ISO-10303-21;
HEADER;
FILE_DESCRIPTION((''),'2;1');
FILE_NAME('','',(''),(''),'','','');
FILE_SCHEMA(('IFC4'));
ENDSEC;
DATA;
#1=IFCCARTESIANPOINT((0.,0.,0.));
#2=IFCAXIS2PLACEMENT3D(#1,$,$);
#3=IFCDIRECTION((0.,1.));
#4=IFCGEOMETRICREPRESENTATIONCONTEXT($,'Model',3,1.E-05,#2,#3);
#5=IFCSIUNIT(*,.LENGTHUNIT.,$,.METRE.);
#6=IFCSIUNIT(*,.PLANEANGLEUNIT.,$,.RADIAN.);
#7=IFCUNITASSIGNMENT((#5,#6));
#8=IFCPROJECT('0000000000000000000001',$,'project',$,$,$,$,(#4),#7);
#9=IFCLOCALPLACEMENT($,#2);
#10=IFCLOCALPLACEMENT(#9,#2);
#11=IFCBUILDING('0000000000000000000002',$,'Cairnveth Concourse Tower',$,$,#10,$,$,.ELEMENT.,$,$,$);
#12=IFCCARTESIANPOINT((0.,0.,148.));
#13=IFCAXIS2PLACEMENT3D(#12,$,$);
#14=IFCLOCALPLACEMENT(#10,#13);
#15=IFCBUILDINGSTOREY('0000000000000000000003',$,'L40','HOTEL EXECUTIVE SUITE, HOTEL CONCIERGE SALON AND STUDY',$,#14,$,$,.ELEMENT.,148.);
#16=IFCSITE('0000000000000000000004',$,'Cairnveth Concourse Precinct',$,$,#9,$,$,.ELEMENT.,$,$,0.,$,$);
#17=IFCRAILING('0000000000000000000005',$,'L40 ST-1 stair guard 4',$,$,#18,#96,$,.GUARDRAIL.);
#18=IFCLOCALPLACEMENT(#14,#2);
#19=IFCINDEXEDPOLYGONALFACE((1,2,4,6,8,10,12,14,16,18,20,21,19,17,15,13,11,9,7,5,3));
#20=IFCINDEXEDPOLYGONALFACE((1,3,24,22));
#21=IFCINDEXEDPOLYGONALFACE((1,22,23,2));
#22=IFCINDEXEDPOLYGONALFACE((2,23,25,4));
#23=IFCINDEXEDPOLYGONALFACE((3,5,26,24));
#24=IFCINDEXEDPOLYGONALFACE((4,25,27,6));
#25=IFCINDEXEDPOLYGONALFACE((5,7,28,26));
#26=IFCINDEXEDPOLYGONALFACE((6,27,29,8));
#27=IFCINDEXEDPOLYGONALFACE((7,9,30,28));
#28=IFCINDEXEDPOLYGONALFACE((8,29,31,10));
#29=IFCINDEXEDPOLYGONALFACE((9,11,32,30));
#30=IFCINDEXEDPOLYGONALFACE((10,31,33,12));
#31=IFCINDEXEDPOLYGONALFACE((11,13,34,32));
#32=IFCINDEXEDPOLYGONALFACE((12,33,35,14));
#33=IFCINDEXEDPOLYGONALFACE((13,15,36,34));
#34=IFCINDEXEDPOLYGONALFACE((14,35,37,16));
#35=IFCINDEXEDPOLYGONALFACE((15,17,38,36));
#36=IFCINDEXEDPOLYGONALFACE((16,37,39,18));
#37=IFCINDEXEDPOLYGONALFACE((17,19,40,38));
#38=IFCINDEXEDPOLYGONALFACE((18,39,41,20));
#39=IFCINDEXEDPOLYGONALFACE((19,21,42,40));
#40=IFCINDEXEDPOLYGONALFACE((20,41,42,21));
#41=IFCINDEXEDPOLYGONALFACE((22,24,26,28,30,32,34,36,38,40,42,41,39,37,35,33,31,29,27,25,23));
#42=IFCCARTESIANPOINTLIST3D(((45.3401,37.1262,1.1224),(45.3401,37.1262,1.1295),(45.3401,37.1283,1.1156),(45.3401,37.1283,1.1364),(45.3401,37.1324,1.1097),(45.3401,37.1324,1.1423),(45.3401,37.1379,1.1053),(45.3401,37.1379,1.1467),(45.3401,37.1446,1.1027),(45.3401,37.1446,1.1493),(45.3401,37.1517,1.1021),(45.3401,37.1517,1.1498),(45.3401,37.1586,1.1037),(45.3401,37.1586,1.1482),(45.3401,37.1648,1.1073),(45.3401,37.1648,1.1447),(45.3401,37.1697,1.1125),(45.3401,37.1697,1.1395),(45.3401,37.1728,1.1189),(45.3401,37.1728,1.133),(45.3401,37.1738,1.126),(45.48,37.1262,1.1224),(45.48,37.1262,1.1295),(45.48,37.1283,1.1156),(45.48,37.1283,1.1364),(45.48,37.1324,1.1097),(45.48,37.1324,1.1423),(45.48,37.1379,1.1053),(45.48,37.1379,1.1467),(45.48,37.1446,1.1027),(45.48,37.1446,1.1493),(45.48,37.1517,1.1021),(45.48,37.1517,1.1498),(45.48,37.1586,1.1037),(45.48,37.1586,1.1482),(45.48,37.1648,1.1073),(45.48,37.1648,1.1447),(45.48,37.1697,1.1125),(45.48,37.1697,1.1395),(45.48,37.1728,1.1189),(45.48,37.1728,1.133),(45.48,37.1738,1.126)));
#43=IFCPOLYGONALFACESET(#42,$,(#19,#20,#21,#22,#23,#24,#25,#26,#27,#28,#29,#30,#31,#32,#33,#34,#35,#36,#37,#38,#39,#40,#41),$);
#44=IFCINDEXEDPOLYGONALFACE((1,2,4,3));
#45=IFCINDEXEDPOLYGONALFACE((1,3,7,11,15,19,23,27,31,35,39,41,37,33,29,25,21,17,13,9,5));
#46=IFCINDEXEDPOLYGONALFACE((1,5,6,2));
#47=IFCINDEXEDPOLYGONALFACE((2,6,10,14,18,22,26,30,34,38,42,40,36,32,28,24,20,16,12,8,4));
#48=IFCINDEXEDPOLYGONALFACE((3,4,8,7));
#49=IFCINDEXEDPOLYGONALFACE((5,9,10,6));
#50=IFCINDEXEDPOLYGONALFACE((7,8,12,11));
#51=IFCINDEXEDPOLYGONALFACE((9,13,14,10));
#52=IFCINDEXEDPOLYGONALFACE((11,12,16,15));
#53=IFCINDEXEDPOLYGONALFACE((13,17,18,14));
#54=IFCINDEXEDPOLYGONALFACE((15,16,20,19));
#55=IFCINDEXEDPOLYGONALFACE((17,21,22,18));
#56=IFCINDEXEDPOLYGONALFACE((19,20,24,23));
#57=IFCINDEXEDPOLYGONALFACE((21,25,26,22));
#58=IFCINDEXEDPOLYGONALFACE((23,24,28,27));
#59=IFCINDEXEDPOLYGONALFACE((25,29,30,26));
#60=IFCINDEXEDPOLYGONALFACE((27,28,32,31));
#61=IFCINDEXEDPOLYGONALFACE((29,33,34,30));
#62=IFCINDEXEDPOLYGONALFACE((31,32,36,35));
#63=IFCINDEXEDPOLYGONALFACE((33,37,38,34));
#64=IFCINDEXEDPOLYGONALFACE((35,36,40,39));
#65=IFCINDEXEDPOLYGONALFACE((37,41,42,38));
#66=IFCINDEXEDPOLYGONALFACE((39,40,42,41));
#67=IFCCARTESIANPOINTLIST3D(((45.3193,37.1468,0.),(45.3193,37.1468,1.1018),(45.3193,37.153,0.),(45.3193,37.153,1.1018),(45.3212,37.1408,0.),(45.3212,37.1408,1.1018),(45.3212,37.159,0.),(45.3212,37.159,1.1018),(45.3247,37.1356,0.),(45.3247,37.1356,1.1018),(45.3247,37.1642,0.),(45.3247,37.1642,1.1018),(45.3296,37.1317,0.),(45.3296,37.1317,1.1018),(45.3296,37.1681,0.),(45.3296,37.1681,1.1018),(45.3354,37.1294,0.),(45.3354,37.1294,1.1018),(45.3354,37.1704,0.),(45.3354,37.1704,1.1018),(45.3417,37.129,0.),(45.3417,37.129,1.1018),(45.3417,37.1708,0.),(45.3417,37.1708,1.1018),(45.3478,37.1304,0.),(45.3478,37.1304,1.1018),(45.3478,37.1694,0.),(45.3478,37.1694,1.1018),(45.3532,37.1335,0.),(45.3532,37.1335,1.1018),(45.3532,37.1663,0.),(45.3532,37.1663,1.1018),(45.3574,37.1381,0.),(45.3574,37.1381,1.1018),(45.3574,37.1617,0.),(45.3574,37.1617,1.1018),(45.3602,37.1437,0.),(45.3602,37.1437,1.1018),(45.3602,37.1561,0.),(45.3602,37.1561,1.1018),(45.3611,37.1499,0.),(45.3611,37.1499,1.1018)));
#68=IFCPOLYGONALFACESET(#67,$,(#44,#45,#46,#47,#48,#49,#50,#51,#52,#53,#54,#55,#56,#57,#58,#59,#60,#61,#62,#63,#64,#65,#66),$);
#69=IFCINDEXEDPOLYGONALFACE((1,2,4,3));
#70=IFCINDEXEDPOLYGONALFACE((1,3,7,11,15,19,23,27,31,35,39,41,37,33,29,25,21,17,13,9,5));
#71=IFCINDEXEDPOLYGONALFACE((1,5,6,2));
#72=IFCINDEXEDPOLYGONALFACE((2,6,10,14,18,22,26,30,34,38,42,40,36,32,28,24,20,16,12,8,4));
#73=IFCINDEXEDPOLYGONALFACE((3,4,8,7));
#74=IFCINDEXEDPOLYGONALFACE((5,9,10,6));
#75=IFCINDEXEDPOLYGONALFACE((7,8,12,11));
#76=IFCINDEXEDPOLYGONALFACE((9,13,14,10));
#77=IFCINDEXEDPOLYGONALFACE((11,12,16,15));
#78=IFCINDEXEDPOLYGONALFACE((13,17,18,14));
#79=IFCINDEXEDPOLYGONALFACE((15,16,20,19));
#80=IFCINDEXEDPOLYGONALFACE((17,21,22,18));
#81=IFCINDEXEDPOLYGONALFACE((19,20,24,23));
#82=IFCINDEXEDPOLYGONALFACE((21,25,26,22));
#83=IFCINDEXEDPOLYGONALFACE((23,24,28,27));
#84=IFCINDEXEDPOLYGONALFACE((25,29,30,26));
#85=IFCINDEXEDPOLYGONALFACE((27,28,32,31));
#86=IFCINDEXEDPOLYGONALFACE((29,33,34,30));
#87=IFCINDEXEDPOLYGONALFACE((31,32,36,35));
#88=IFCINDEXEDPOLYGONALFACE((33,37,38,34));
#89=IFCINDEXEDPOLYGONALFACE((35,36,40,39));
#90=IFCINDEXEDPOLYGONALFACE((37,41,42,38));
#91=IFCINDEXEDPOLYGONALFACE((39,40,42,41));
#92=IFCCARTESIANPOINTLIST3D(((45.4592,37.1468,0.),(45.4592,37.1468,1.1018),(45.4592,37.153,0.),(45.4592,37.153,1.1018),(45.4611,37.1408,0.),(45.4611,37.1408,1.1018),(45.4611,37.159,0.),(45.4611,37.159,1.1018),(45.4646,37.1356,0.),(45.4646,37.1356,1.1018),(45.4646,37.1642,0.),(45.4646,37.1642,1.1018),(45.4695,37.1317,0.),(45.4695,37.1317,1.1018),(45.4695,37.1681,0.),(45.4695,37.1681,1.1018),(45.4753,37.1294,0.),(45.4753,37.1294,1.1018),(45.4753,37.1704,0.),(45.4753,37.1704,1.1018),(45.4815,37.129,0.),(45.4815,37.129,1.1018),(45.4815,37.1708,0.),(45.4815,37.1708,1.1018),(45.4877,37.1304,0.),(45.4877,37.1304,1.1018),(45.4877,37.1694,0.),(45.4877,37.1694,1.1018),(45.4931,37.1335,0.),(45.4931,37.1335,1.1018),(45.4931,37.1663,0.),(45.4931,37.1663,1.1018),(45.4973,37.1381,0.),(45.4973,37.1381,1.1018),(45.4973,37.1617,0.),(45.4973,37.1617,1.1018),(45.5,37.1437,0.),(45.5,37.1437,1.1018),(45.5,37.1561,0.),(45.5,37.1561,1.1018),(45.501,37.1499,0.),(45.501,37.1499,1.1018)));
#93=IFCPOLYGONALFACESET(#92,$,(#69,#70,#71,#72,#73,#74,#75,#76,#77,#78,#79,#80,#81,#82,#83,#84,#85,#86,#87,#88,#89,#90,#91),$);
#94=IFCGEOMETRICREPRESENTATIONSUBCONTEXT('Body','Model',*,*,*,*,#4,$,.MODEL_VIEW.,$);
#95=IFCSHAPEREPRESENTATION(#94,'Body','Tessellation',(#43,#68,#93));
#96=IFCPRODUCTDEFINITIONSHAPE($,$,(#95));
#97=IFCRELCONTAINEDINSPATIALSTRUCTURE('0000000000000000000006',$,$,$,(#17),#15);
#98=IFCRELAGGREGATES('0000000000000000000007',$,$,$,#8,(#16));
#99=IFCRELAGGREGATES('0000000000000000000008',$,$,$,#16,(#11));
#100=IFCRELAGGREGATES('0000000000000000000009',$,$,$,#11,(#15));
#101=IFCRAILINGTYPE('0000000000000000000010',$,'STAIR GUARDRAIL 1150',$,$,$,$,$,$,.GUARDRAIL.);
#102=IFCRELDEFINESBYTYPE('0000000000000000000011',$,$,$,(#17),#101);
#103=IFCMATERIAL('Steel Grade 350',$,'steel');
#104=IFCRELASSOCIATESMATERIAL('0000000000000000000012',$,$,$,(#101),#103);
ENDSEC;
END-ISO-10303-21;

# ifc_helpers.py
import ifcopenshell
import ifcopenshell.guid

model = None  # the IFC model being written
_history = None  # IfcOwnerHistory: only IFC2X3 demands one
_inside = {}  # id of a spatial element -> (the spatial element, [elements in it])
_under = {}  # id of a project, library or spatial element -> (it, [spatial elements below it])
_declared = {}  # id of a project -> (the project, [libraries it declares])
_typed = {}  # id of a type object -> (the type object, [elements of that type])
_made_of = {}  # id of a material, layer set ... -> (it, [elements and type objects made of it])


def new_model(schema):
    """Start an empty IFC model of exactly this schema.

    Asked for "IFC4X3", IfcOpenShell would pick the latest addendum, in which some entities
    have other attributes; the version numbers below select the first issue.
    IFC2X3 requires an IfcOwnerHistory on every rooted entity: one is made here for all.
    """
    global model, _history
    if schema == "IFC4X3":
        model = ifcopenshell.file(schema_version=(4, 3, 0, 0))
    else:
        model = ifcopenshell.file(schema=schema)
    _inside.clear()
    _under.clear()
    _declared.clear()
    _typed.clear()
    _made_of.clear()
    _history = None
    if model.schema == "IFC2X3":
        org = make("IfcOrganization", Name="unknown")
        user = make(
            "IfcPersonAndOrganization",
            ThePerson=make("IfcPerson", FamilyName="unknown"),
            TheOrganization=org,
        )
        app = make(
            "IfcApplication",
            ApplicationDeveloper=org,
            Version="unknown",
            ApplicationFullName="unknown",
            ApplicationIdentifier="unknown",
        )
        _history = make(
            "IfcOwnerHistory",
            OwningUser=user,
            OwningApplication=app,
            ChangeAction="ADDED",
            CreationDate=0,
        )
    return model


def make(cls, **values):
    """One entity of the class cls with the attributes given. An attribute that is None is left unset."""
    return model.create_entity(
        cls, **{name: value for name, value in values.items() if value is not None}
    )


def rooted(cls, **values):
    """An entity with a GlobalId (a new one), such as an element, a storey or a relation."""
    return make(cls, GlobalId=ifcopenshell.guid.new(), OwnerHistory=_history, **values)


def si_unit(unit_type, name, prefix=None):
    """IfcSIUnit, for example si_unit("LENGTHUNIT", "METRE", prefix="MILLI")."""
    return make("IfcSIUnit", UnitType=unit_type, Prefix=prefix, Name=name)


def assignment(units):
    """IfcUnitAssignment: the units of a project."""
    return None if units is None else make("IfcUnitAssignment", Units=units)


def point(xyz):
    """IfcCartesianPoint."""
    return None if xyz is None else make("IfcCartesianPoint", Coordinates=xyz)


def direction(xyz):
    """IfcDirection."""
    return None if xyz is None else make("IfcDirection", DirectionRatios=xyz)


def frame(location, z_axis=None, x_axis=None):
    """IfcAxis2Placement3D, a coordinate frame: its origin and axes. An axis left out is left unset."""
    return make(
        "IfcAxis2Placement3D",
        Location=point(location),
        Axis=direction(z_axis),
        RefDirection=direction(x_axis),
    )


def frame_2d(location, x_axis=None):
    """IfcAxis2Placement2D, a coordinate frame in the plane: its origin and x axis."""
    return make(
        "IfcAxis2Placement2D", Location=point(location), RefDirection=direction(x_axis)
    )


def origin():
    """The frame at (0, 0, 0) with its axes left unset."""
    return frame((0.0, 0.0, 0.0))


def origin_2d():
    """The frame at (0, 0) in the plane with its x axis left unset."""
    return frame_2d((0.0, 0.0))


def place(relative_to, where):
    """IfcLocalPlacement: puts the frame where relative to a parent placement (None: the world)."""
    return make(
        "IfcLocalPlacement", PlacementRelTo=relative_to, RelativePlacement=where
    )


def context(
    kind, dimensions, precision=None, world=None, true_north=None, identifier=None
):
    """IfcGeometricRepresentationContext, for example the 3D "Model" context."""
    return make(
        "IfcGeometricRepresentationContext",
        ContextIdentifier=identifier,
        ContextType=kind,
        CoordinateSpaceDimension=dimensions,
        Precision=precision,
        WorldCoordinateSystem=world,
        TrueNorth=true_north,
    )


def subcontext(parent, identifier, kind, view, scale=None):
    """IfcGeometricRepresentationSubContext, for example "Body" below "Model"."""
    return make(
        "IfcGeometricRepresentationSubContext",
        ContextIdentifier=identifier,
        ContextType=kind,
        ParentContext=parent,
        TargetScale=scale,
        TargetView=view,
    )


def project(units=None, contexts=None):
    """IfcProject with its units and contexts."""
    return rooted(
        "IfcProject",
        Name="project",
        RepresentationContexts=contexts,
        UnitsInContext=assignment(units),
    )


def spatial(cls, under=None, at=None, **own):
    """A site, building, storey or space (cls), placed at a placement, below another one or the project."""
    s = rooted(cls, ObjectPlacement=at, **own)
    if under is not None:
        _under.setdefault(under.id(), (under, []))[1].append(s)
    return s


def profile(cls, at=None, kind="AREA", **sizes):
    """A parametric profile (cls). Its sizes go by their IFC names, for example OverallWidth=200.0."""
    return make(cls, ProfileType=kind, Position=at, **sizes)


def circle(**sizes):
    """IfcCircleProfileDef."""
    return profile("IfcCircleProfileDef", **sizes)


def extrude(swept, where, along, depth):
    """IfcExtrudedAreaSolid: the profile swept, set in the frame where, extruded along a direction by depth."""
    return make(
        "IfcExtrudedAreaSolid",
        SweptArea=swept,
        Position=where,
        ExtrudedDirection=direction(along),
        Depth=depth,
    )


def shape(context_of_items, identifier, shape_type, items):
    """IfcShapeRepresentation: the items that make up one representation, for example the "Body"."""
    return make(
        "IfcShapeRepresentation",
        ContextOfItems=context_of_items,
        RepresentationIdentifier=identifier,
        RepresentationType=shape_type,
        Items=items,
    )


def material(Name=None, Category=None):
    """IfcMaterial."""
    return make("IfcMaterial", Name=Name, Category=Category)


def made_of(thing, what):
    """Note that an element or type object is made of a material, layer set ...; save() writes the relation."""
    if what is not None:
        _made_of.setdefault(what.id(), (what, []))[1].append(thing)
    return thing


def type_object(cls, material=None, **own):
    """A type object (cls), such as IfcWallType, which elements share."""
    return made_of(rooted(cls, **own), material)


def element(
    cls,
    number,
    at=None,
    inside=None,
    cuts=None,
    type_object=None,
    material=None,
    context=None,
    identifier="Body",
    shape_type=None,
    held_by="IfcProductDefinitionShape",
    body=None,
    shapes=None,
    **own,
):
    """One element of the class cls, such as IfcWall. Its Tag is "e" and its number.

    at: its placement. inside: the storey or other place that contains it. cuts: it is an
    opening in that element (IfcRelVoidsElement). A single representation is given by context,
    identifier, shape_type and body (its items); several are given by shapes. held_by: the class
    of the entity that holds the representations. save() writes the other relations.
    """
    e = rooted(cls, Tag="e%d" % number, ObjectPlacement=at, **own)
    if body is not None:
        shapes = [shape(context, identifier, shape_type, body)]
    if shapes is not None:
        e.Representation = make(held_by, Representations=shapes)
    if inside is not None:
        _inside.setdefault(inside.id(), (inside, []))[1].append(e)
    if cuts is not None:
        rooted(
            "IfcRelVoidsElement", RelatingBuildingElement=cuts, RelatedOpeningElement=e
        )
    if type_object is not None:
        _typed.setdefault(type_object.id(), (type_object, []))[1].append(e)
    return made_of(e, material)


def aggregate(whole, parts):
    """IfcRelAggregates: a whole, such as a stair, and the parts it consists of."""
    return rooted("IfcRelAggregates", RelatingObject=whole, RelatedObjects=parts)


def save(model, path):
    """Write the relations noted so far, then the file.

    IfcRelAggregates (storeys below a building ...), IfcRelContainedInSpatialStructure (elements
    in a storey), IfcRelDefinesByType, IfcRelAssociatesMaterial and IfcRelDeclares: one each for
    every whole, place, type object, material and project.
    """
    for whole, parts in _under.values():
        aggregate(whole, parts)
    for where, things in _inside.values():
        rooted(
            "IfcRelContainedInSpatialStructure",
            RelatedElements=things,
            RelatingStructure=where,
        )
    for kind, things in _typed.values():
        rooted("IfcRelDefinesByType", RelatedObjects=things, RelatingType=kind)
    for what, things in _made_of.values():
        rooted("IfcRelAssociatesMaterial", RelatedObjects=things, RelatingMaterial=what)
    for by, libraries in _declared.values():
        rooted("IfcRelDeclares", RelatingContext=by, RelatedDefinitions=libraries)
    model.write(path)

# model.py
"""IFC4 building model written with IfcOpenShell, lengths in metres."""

from ifc_helpers import new_model, si_unit, direction, frame, origin, origin_2d, place, context, subcontext, project, spatial, circle, extrude, material, type_object, element, save


model = new_model("IFC4")

# Units and contexts
model_context = context("Model", 3, precision=1e-05, world=origin(), true_north=direction((0.0, 1.0)))
body_context = subcontext(model_context, "Body", "Model", "MODEL_VIEW")
ifc_project = project(units=[si_unit("LENGTHUNIT", "METRE"), si_unit("PLANEANGLEUNIT", "RADIAN")], contexts=[model_context])

# Site, building, storey
site_placement = place(None, origin())
site = spatial("IfcSite", under=ifc_project, at=site_placement, Name="Cairnveth Concourse Precinct", CompositionType="ELEMENT", RefElevation=0.0)
building_placement = place(site_placement, origin())
building = spatial("IfcBuilding", under=site, at=building_placement, Name="Cairnveth Concourse Tower", CompositionType="ELEMENT")
storey_placement = place(building_placement, frame((0.0, 0.0, 148.0)))
storey = spatial("IfcBuildingStorey", under=building, at=storey_placement, Name="L40", Description="HOTEL EXECUTIVE SUITE, HOTEL CONCIERGE SALON AND STUDY", CompositionType="ELEMENT", Elevation=148.0)

# Shared definitions
ifc_material_1 = material(Name="Steel Grade 350", Category="steel")

# Railing
railing_type_1 = type_object("IfcRailingType", Name="STAIR GUARDRAIL 1150", PredefinedType="GUARDRAIL", material=ifc_material_1)
railing_1_placement = place(storey_placement, frame((45.3401, 37.1499, 0.0)))
element("IfcRailing", 1, at=railing_1_placement, inside=storey, type_object=railing_type_1, Name="L40 ST-1 stair guard 4", PredefinedType="GUARDRAIL", context=body_context, shape_type="SweptSolid", body=[
    extrude(circle(Radius=0.0239, at=origin_2d()), frame((0.0, 0.0, 1.126), z_axis=(1.0, 0.0, 0.0), x_axis=(0.0, 1.0, 0.0)), (0.0, 0.0, 1.0), 0.1399),
    extrude(circle(Radius=0.021, at=origin_2d()), origin(), (0.0, 0.0, 1.0), 1.1018),
    extrude(circle(Radius=0.021, at=origin_2d()), frame((0.1399, 0.0, 0.0)), (0.0, 0.0, 1.0), 1.1018),
])

save(model, "model.ifc")
